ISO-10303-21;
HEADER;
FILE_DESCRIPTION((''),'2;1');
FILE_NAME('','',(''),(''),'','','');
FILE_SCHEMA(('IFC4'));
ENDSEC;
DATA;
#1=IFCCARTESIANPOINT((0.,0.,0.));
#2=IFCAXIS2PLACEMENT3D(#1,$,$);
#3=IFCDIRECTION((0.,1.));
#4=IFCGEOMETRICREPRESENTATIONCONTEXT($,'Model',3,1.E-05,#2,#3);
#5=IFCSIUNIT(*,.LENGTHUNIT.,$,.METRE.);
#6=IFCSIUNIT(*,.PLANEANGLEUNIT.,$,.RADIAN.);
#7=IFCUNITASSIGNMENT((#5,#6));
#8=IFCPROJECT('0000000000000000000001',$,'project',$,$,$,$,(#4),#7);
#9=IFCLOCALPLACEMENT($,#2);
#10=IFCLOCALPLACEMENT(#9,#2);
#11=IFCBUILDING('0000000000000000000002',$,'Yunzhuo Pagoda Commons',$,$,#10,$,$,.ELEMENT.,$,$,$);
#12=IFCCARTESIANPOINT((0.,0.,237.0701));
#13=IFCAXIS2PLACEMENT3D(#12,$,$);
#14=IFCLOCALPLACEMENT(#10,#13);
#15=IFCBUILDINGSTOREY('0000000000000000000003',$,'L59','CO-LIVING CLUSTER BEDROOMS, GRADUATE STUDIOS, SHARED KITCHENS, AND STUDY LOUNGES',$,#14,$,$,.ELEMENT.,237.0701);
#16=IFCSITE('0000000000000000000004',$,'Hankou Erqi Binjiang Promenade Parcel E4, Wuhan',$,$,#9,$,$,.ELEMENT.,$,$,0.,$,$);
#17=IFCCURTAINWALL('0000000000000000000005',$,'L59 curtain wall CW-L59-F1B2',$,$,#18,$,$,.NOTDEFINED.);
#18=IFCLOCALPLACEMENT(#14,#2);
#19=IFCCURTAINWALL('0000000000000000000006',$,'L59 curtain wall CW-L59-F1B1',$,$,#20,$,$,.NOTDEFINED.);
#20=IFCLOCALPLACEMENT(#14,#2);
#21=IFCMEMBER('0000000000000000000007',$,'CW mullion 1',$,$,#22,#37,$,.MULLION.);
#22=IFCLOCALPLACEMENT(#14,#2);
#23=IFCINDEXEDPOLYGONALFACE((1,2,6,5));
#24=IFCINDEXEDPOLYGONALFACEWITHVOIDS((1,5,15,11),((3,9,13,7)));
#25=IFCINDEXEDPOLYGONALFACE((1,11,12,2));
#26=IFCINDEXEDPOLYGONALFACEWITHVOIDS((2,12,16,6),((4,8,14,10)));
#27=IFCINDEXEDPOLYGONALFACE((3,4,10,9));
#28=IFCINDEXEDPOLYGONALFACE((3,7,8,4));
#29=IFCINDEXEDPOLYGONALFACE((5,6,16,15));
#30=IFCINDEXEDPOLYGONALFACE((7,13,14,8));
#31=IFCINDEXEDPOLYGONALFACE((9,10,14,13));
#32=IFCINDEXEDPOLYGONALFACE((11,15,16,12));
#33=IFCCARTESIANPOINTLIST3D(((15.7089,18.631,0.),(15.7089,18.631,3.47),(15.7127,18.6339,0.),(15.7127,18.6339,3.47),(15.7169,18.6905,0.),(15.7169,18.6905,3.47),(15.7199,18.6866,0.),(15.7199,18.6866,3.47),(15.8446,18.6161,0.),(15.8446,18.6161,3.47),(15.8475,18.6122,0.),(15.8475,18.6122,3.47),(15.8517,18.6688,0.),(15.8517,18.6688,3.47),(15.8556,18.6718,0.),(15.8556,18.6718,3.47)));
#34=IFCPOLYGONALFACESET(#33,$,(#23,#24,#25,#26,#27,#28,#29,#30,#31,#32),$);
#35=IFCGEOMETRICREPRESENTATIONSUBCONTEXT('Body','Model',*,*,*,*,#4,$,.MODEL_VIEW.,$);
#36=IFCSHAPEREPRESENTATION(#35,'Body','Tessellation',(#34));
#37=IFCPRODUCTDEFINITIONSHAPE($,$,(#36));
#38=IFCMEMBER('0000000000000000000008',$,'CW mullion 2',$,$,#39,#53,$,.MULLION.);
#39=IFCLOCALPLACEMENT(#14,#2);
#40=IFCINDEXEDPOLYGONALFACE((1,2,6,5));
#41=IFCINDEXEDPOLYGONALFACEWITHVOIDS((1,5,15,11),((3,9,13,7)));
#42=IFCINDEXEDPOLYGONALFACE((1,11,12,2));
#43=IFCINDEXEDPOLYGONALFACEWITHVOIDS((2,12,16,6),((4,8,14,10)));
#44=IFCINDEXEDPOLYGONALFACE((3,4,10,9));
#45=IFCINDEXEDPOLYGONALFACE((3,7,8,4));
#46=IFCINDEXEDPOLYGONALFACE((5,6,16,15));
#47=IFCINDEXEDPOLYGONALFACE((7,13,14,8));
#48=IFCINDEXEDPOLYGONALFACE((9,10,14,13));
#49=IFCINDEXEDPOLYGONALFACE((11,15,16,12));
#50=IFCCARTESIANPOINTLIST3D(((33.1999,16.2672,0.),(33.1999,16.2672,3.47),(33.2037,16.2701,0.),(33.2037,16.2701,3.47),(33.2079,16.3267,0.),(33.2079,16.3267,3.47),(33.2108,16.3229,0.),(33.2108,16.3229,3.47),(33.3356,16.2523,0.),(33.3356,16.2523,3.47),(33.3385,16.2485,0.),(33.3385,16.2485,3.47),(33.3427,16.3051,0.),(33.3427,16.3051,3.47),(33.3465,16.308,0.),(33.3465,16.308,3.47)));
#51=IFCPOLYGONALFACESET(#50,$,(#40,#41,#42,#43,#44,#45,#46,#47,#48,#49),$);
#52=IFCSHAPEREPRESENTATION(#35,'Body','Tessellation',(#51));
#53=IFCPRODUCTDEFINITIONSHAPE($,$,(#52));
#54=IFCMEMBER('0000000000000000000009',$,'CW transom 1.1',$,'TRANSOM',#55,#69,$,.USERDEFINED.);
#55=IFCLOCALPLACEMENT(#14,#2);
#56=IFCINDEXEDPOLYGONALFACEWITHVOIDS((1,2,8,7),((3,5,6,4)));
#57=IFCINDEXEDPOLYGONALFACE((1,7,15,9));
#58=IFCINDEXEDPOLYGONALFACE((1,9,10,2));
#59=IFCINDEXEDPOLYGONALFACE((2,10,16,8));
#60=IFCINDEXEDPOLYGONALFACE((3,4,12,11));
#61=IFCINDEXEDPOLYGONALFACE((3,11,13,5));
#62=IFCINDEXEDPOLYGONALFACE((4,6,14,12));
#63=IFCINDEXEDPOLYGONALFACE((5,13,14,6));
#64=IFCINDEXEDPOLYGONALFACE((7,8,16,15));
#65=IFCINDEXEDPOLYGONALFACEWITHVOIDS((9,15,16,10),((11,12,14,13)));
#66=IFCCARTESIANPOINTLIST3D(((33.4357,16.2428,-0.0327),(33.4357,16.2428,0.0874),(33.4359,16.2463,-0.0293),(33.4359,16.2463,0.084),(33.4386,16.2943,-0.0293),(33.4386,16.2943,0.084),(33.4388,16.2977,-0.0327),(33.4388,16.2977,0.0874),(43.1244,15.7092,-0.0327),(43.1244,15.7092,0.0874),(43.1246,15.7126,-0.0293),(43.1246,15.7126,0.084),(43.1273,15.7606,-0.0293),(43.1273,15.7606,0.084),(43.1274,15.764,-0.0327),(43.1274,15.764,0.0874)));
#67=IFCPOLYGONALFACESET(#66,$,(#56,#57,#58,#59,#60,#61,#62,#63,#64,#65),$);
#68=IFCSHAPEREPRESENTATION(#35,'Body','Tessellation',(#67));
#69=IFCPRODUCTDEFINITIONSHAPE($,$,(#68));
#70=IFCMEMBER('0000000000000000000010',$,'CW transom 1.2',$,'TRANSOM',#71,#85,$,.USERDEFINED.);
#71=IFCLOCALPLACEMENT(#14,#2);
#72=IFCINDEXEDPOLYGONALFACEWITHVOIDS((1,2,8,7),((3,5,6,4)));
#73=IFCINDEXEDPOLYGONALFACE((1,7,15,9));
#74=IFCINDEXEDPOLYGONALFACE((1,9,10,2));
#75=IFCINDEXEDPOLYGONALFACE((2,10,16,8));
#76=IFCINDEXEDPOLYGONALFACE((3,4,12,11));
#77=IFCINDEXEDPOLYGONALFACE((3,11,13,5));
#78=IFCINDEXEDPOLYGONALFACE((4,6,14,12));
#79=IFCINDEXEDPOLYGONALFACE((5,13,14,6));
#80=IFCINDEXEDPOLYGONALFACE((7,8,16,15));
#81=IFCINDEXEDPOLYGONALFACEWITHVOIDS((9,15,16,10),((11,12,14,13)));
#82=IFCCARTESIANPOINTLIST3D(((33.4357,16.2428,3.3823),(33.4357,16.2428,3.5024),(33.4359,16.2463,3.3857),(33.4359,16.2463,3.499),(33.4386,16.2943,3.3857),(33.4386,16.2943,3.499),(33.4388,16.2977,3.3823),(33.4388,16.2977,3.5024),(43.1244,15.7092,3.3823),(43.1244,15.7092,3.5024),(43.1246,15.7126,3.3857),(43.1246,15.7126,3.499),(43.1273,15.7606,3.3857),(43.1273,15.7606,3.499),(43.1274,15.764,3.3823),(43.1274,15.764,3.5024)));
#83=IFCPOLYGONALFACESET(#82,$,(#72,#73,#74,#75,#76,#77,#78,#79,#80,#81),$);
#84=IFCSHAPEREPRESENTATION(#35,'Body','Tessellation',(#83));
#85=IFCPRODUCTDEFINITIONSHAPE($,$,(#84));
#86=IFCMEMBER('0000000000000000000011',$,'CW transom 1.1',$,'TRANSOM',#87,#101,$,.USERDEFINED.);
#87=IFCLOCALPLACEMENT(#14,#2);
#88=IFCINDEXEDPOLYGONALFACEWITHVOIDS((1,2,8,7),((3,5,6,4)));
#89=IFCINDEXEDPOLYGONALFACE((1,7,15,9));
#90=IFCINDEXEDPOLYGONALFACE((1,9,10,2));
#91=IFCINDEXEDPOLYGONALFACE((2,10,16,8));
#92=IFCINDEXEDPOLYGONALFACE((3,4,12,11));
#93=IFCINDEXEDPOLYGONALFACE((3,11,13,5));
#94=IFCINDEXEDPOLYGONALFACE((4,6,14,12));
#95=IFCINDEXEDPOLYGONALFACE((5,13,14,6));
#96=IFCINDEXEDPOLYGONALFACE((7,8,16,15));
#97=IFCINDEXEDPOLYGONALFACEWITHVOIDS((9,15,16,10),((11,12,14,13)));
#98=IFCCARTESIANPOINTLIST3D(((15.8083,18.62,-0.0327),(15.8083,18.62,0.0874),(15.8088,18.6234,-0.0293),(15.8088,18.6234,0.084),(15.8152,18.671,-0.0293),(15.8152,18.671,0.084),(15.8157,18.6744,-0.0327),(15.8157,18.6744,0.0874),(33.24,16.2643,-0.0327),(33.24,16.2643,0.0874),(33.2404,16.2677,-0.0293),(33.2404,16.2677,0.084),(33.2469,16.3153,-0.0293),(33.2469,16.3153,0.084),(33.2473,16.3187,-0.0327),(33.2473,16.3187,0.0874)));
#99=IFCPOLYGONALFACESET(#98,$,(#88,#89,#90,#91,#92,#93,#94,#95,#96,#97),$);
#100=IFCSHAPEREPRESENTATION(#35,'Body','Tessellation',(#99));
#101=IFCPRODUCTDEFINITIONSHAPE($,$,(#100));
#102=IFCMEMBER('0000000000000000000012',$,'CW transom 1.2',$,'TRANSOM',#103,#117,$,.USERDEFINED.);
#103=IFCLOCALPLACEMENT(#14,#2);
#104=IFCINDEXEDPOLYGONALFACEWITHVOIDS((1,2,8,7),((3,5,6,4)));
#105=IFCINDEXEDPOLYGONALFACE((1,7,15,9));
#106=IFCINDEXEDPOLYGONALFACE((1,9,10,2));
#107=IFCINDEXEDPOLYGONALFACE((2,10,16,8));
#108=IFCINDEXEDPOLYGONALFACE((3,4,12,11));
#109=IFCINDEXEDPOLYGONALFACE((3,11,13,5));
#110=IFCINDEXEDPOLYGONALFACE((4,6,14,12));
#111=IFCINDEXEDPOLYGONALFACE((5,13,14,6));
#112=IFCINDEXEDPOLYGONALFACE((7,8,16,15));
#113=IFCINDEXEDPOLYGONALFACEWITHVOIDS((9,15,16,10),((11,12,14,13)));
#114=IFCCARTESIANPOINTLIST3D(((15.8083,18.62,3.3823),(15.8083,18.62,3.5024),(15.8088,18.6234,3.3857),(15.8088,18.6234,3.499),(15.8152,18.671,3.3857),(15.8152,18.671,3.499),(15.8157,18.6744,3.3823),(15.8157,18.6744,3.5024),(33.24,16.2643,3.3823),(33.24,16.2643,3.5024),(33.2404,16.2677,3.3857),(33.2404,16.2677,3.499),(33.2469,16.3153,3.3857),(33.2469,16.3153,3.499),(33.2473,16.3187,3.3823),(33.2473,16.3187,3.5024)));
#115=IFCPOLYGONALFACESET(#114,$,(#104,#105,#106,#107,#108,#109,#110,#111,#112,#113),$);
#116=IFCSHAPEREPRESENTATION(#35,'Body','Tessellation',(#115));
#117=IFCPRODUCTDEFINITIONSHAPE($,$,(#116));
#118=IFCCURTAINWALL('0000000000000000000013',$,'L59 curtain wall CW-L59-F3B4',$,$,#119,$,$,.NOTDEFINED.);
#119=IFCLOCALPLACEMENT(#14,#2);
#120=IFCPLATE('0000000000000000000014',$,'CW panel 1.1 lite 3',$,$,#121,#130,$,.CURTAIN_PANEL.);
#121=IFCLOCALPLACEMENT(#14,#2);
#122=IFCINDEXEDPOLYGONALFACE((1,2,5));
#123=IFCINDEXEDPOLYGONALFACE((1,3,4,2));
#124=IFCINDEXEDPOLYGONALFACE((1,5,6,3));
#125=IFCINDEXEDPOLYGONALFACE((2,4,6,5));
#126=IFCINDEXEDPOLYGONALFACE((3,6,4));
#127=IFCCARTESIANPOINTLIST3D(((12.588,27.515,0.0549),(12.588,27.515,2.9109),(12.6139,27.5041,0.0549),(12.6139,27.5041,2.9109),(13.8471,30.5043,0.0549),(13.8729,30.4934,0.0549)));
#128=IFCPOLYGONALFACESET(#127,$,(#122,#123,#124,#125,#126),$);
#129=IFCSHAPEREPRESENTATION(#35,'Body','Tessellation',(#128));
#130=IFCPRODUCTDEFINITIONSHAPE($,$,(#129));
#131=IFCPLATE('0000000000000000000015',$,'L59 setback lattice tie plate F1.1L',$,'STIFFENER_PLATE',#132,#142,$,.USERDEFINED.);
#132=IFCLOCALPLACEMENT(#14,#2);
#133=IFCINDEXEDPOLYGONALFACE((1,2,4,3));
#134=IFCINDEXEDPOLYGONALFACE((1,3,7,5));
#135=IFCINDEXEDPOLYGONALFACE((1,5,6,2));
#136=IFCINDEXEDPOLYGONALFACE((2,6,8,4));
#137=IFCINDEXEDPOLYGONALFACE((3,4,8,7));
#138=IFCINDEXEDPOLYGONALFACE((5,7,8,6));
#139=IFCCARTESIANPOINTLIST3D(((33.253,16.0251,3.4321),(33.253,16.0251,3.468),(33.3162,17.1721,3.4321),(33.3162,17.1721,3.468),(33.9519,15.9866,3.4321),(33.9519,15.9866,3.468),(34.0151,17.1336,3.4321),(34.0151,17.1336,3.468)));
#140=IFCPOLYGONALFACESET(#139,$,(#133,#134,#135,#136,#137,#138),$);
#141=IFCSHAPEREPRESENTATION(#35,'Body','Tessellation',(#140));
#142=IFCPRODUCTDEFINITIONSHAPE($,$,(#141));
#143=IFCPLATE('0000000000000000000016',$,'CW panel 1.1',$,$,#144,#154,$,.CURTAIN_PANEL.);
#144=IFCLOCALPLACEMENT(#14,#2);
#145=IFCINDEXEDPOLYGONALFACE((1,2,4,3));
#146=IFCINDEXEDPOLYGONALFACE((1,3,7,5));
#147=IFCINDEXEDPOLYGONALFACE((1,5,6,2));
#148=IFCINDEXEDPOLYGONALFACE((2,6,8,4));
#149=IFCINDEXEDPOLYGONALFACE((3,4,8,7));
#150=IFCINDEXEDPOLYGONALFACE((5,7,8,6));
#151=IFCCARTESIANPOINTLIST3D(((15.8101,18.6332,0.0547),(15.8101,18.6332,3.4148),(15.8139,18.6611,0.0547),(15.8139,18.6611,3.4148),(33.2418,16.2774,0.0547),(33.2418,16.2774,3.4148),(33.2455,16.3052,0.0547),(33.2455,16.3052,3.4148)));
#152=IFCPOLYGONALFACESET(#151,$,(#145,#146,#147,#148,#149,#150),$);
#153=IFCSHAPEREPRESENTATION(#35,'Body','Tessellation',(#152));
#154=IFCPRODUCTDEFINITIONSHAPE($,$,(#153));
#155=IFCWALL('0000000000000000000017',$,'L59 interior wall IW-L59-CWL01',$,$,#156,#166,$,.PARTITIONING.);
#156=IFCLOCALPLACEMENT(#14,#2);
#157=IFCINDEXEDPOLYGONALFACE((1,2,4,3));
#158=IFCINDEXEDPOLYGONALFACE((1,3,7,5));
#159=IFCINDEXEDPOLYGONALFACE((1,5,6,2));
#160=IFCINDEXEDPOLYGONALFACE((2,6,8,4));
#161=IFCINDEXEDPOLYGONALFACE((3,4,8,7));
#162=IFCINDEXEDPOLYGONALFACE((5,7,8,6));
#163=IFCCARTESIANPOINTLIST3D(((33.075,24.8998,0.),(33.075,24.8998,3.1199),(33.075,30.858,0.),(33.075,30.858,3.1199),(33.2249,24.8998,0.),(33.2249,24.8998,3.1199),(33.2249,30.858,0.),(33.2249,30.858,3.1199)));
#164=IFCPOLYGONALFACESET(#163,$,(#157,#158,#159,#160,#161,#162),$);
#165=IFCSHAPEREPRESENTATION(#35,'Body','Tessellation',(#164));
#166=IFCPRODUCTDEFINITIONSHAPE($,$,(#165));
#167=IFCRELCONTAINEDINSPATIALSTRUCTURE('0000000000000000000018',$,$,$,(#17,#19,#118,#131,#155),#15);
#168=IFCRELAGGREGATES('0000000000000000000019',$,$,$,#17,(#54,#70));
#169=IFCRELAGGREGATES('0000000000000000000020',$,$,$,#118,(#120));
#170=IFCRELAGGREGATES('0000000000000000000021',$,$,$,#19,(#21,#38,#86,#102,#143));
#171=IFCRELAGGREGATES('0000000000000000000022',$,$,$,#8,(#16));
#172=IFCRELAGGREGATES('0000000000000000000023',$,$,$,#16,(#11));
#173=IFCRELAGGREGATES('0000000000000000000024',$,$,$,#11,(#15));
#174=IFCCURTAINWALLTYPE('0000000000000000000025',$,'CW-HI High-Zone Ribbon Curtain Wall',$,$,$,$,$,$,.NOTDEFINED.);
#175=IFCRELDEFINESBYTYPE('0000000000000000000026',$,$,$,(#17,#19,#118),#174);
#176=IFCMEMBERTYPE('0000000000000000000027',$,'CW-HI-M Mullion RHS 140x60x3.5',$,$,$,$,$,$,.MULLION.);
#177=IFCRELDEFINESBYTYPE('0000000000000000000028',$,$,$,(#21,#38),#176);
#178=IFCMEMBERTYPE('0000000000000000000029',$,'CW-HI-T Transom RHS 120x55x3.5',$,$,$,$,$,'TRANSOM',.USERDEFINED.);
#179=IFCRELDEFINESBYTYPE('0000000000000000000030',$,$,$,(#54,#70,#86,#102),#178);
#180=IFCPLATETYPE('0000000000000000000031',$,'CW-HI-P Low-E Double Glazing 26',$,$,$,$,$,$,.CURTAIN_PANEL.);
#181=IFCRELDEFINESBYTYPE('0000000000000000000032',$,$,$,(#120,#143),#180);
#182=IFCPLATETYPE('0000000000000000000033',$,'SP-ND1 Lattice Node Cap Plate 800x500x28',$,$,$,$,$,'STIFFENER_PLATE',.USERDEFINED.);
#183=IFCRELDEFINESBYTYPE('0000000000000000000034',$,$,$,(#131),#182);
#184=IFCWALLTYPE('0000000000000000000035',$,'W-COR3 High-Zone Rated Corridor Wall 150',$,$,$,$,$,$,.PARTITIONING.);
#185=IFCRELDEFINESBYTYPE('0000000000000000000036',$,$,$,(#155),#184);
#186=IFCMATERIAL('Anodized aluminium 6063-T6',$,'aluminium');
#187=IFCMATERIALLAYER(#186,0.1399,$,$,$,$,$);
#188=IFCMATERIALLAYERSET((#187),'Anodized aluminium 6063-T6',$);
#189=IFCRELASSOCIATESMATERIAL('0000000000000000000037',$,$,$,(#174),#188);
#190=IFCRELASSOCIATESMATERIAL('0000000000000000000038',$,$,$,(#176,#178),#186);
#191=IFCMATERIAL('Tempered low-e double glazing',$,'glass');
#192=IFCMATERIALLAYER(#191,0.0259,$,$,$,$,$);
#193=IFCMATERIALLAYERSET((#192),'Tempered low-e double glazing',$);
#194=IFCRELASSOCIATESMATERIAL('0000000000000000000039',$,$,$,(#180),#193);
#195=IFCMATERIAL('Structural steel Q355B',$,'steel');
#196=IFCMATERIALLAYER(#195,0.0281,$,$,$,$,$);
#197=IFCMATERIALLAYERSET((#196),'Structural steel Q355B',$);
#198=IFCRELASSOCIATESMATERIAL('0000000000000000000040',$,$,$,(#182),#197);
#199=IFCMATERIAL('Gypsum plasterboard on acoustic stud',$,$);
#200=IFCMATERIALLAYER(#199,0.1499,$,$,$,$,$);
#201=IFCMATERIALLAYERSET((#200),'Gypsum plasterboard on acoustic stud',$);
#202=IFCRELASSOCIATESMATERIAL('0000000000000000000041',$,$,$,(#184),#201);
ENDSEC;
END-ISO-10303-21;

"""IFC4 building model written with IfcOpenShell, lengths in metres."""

from ifc_helpers import new_model, si_unit, direction, frame, frame_2d, origin, origin_2d, place, context, subcontext, project, spatial, polyline, rectangle, hollow_rectangle, outline, extrude, source, transform, mapped, material, layer, layer_set, material_profile, profile_set, type_object, element, aggregate, save


model = new_model("IFC4")

# Units and contexts
model_context = context("Model", 3, precision=1e-05, world=origin(), true_north=direction((0.0, 1.0)))
body_context = subcontext(model_context, "Body", "Model", "MODEL_VIEW")
ifc_project = project(units=[si_unit("LENGTHUNIT", "METRE"), si_unit("PLANEANGLEUNIT", "RADIAN")], contexts=[model_context])

# Site, building, storey
site_placement = place(None, origin())
site = spatial("IfcSite", under=ifc_project, at=site_placement, Name="Hankou Erqi Binjiang Promenade Parcel E4, Wuhan", CompositionType="ELEMENT", RefElevation=0.0)
building_placement = place(site_placement, origin())
building = spatial("IfcBuilding", under=site, at=building_placement, Name="Yunzhuo Pagoda Commons", CompositionType="ELEMENT")
storey_placement = place(building_placement, frame((0.0, 0.0, 237.0701)))
storey = spatial("IfcBuildingStorey", under=building, at=storey_placement, Name="L59", Description="CO-LIVING CLUSTER BEDROOMS, GRADUATE STUDIOS, SHARED KITCHENS, AND STUDY LOUNGES", CompositionType="ELEMENT", Elevation=237.0701)

# Shared definitions
ifc_material_1 = material(Name="Structural steel Q355B", Category="steel")

# Curtain wall
ifc_material_2 = material(Name="Anodized aluminium 6063-T6", Category="aluminium")
ifc_layer_1 = layer(ifc_material_2, 0.1399)
ifc_layer_set_1 = layer_set([ifc_layer_1], Name="Anodized aluminium 6063-T6")
curtain_wall_type = type_object("IfcCurtainWallType", Name="CW-HI High-Zone Ribbon Curtain Wall", PredefinedType="NOTDEFINED", material=ifc_layer_set_1)
curtain_wall_1_placement = place(storey_placement, origin())
curtain_wall_1 = element("IfcCurtainWall", 1, at=curtain_wall_1_placement, inside=storey, type_object=curtain_wall_type, Name="L59 curtain wall CW-L59-F1B2", PredefinedType="NOTDEFINED")
ifc_material_profile_1 = material_profile(ifc_material_2, hollow_rectangle(XDim=0.0601, YDim=0.1399, WallThickness=0.0034, at=origin_2d()), Name="Anodized aluminium 6063-T6")
ifc_profile_set_1 = profile_set([ifc_material_profile_1], Name="Anodized aluminium 6063-T6")
member_type_1 = type_object("IfcMemberType", Name="CW-HI-M Mullion RHS 140x60x3.5", PredefinedType="MULLION", material=ifc_profile_set_1)
shared_shape_1 = source(origin(), body_context, "Body", "SweptSolid", [
    extrude(hollow_rectangle(XDim=0.0601, YDim=0.1399, WallThickness=0.0034, at=origin_2d()), origin(), (0.0, 0.0, 1.0), 3.47),
])

# Curtain wall, members
curtain_wall_2_placement = place(storey_placement, origin())
curtain_wall_2 = element("IfcCurtainWall", 2, at=curtain_wall_2_placement, inside=storey, type_object=curtain_wall_type, Name="L59 curtain wall CW-L59-F1B1", PredefinedType="NOTDEFINED")
member_1_placement = place(storey_placement, frame((15.7822, 18.6514, 0.0), z_axis=(0.0, 0.0, 1.0), x_axis=(0.13393, 0.990991, 0.0)))
member_1 = element("IfcMember", 3, at=member_1_placement, type_object=member_type_1, Name="CW mullion 1", PredefinedType="MULLION", context=body_context, shape_type="MappedRepresentation", body=[
    mapped(shared_shape_1, transform((0.0, 0.0, 0.0), scale=1.0)),
])
member_2_placement = place(storey_placement, frame((33.2732, 16.2876, 0.0), z_axis=(0.0, 0.0, 1.0), x_axis=(0.13393, 0.990991, 0.0)))
member_2 = element("IfcMember", 4, at=member_2_placement, type_object=member_type_1, Name="CW mullion 2", PredefinedType="MULLION", context=body_context, shape_type="MappedRepresentation", body=[
    mapped(shared_shape_1, transform((0.0, 0.0, 0.0), scale=1.0)),
])

# Members
ifc_material_profile_2 = material_profile(ifc_material_2, hollow_rectangle(XDim=0.0549, YDim=0.1201, WallThickness=0.0034, at=origin_2d()), Name="Anodized aluminium 6063-T6")
ifc_profile_set_2 = profile_set([ifc_material_profile_2], Name="Anodized aluminium 6063-T6")
member_type_2 = type_object("IfcMemberType", Name="CW-HI-T Transom RHS 120x55x3.5", ElementType="TRANSOM", PredefinedType="USERDEFINED", material=ifc_profile_set_2)
shared_shape_2 = source(origin(), body_context, "Body", "SweptSolid", [
    extrude(hollow_rectangle(XDim=0.0549, YDim=0.1201, WallThickness=0.0034, at=origin_2d()), origin(), (0.0, 0.0, 1.0), 9.7034),
])
member_3_placement = place(storey_placement, frame((33.4373, 16.2703, 0.0273), z_axis=(0.998486, -0.055, 0.0), x_axis=(0.055, 0.998486, 0.0)))
member_3 = element("IfcMember", 5, at=member_3_placement, type_object=member_type_2, Name="CW transom 1.1", ObjectType="TRANSOM", PredefinedType="USERDEFINED", context=body_context, shape_type="MappedRepresentation", body=[
    mapped(shared_shape_2, transform((0.0, 0.0, 0.0), scale=1.0)),
])
member_4_placement = place(storey_placement, frame((33.4373, 16.2703, 3.4424), z_axis=(0.998486, -0.055, 0.0), x_axis=(0.055, 0.998486, 0.0)))
member_4 = element("IfcMember", 6, at=member_4_placement, type_object=member_type_2, Name="CW transom 1.2", ObjectType="TRANSOM", PredefinedType="USERDEFINED", context=body_context, shape_type="MappedRepresentation", body=[
    mapped(shared_shape_2, transform((0.0, 0.0, 0.0), scale=1.0)),
])
aggregate(curtain_wall_1, [member_3, member_4])
shared_shape_3 = source(origin(), body_context, "Body", "SweptSolid", [
    extrude(hollow_rectangle(XDim=0.0549, YDim=0.1201, WallThickness=0.0034, at=origin_2d()), origin(), (0.0, 0.0, 1.0), 17.5901),
])
member_5_placement = place(storey_placement, frame((15.812, 18.6472, 0.0273), z_axis=(0.990992, -0.133923, 0.0), x_axis=(0.133923, 0.990992, 0.0)))
member_5 = element("IfcMember", 7, at=member_5_placement, type_object=member_type_2, Name="CW transom 1.1", ObjectType="TRANSOM", PredefinedType="USERDEFINED", context=body_context, shape_type="MappedRepresentation", body=[
    mapped(shared_shape_3, transform((0.0, 0.0, 0.0), scale=1.0)),
])
member_6_placement = place(storey_placement, frame((15.812, 18.6472, 3.4424), z_axis=(0.990992, -0.133923, 0.0), x_axis=(0.133923, 0.990992, 0.0)))
member_6 = element("IfcMember", 8, at=member_6_placement, type_object=member_type_2, Name="CW transom 1.2", ObjectType="TRANSOM", PredefinedType="USERDEFINED", context=body_context, shape_type="MappedRepresentation", body=[
    mapped(shared_shape_3, transform((0.0, 0.0, 0.0), scale=1.0)),
])

# Curtain wall, plate
curtain_wall_3_placement = place(storey_placement, origin())
curtain_wall_3 = element("IfcCurtainWall", 9, at=curtain_wall_3_placement, inside=storey, type_object=curtain_wall_type, Name="L59 curtain wall CW-L59-F3B4", PredefinedType="NOTDEFINED")
ifc_material_3 = material(Name="Tempered low-e double glazing", Category="glass")
ifc_layer_2 = layer(ifc_material_3, 0.0259)
ifc_layer_set_2 = layer_set([ifc_layer_2], Name="Tempered low-e double glazing")
plate_type_1 = type_object("IfcPlateType", Name="CW-HI-P Low-E Double Glazing 26", PredefinedType="CURTAIN_PANEL", material=ifc_layer_set_2)
plate_1_placement = place(storey_placement, frame((13.2434, 28.9988, 1.4829), z_axis=(-0.921589, 0.388167, 0.0), x_axis=(-0.388167, -0.921589, 0.0)))
plate_1 = element("IfcPlate", 10, at=plate_1_placement, type_object=plate_type_1, Name="CW panel 1.1 lite 3", PredefinedType="CURTAIN_PANEL", context=body_context, shape_type="SweptSolid", body=[
    extrude(outline(polyline([(-1.6218, -1.428), (1.6218, -1.428), (1.6218, 1.428), (-1.6218, -1.428)])), origin(), (0.0, 0.0, 1.0), 0.0281),
])
aggregate(curtain_wall_3, [plate_1])

# Plates
ifc_layer_3 = layer(ifc_material_1, 0.0281)
ifc_layer_set_3 = layer_set([ifc_layer_3], Name="Structural steel Q355B")
plate_type_2 = type_object("IfcPlateType", Name="SP-ND1 Lattice Node Cap Plate 800x500x28", ElementType="STIFFENER_PLATE", PredefinedType="USERDEFINED", material=ifc_layer_set_3)
shared_shape_4 = source(origin(), body_context, "Body", "SweptSolid", [
    extrude(rectangle(XDim=0.7, YDim=1.1487, at=origin_2d()), origin(), (0.0, 0.0, 1.0), 0.0359),
])
plate_2_placement = place(storey_placement, frame((33.634, 16.5793, 3.4321), z_axis=(0.0, 0.0, 1.0), x_axis=(0.998487, -0.054985, 0.0)))
element("IfcPlate", 11, at=plate_2_placement, inside=storey, type_object=plate_type_2, Name="L59 setback lattice tie plate F1.1L", ObjectType="STIFFENER_PLATE", PredefinedType="USERDEFINED", context=body_context, shape_type="MappedRepresentation", body=[
    mapped(shared_shape_4, transform((0.0, 0.0, 0.0), scale=1.0)),
])
shared_shape_5 = source(origin(), body_context, "Body", "SweptSolid", [
    extrude(rectangle(XDim=17.5901, YDim=0.0281, at=origin_2d()), origin(), (0.0, 0.0, 1.0), 3.3601),
])
plate_3_placement = place(storey_placement, frame((24.5278, 17.4692, 0.0547), z_axis=(0.0, 0.0, 1.0), x_axis=(0.990991, -0.13393, 0.0)))
plate_3 = element("IfcPlate", 12, at=plate_3_placement, type_object=plate_type_1, Name="CW panel 1.1", PredefinedType="CURTAIN_PANEL", context=body_context, shape_type="MappedRepresentation", body=[
    mapped(shared_shape_5, transform((0.0, 0.0, 0.0), scale=1.0)),
])
aggregate(curtain_wall_2, [member_1, member_2, member_5, member_6, plate_3])

# Wall
ifc_material_4 = material(Name="Gypsum plasterboard on acoustic stud")
ifc_layer_4 = layer(ifc_material_4, 0.1499)
ifc_layer_set_4 = layer_set([ifc_layer_4], Name="Gypsum plasterboard on acoustic stud")
wall_type_1 = type_object("IfcWallType", Name="W-COR3 High-Zone Rated Corridor Wall 150", PredefinedType="PARTITIONING", material=ifc_layer_set_4)
wall_1_placement = place(storey_placement, frame((33.1499, 24.8999, 0.0), z_axis=(0.0, 0.0, 1.0), x_axis=(0.0, 1.0, 0.0)))
element("IfcWall", 13, at=wall_1_placement, inside=storey, type_object=wall_type_1, Name="L59 interior wall IW-L59-CWL01", PredefinedType="PARTITIONING", context=body_context, shape_type="SweptSolid", body=[
    extrude(rectangle(XDim=5.9583, YDim=0.1499, at=frame_2d((2.979, 0.0))), origin(), (0.0, 0.0, 1.0), 3.1199),
])

save(model, "model.ifc")
